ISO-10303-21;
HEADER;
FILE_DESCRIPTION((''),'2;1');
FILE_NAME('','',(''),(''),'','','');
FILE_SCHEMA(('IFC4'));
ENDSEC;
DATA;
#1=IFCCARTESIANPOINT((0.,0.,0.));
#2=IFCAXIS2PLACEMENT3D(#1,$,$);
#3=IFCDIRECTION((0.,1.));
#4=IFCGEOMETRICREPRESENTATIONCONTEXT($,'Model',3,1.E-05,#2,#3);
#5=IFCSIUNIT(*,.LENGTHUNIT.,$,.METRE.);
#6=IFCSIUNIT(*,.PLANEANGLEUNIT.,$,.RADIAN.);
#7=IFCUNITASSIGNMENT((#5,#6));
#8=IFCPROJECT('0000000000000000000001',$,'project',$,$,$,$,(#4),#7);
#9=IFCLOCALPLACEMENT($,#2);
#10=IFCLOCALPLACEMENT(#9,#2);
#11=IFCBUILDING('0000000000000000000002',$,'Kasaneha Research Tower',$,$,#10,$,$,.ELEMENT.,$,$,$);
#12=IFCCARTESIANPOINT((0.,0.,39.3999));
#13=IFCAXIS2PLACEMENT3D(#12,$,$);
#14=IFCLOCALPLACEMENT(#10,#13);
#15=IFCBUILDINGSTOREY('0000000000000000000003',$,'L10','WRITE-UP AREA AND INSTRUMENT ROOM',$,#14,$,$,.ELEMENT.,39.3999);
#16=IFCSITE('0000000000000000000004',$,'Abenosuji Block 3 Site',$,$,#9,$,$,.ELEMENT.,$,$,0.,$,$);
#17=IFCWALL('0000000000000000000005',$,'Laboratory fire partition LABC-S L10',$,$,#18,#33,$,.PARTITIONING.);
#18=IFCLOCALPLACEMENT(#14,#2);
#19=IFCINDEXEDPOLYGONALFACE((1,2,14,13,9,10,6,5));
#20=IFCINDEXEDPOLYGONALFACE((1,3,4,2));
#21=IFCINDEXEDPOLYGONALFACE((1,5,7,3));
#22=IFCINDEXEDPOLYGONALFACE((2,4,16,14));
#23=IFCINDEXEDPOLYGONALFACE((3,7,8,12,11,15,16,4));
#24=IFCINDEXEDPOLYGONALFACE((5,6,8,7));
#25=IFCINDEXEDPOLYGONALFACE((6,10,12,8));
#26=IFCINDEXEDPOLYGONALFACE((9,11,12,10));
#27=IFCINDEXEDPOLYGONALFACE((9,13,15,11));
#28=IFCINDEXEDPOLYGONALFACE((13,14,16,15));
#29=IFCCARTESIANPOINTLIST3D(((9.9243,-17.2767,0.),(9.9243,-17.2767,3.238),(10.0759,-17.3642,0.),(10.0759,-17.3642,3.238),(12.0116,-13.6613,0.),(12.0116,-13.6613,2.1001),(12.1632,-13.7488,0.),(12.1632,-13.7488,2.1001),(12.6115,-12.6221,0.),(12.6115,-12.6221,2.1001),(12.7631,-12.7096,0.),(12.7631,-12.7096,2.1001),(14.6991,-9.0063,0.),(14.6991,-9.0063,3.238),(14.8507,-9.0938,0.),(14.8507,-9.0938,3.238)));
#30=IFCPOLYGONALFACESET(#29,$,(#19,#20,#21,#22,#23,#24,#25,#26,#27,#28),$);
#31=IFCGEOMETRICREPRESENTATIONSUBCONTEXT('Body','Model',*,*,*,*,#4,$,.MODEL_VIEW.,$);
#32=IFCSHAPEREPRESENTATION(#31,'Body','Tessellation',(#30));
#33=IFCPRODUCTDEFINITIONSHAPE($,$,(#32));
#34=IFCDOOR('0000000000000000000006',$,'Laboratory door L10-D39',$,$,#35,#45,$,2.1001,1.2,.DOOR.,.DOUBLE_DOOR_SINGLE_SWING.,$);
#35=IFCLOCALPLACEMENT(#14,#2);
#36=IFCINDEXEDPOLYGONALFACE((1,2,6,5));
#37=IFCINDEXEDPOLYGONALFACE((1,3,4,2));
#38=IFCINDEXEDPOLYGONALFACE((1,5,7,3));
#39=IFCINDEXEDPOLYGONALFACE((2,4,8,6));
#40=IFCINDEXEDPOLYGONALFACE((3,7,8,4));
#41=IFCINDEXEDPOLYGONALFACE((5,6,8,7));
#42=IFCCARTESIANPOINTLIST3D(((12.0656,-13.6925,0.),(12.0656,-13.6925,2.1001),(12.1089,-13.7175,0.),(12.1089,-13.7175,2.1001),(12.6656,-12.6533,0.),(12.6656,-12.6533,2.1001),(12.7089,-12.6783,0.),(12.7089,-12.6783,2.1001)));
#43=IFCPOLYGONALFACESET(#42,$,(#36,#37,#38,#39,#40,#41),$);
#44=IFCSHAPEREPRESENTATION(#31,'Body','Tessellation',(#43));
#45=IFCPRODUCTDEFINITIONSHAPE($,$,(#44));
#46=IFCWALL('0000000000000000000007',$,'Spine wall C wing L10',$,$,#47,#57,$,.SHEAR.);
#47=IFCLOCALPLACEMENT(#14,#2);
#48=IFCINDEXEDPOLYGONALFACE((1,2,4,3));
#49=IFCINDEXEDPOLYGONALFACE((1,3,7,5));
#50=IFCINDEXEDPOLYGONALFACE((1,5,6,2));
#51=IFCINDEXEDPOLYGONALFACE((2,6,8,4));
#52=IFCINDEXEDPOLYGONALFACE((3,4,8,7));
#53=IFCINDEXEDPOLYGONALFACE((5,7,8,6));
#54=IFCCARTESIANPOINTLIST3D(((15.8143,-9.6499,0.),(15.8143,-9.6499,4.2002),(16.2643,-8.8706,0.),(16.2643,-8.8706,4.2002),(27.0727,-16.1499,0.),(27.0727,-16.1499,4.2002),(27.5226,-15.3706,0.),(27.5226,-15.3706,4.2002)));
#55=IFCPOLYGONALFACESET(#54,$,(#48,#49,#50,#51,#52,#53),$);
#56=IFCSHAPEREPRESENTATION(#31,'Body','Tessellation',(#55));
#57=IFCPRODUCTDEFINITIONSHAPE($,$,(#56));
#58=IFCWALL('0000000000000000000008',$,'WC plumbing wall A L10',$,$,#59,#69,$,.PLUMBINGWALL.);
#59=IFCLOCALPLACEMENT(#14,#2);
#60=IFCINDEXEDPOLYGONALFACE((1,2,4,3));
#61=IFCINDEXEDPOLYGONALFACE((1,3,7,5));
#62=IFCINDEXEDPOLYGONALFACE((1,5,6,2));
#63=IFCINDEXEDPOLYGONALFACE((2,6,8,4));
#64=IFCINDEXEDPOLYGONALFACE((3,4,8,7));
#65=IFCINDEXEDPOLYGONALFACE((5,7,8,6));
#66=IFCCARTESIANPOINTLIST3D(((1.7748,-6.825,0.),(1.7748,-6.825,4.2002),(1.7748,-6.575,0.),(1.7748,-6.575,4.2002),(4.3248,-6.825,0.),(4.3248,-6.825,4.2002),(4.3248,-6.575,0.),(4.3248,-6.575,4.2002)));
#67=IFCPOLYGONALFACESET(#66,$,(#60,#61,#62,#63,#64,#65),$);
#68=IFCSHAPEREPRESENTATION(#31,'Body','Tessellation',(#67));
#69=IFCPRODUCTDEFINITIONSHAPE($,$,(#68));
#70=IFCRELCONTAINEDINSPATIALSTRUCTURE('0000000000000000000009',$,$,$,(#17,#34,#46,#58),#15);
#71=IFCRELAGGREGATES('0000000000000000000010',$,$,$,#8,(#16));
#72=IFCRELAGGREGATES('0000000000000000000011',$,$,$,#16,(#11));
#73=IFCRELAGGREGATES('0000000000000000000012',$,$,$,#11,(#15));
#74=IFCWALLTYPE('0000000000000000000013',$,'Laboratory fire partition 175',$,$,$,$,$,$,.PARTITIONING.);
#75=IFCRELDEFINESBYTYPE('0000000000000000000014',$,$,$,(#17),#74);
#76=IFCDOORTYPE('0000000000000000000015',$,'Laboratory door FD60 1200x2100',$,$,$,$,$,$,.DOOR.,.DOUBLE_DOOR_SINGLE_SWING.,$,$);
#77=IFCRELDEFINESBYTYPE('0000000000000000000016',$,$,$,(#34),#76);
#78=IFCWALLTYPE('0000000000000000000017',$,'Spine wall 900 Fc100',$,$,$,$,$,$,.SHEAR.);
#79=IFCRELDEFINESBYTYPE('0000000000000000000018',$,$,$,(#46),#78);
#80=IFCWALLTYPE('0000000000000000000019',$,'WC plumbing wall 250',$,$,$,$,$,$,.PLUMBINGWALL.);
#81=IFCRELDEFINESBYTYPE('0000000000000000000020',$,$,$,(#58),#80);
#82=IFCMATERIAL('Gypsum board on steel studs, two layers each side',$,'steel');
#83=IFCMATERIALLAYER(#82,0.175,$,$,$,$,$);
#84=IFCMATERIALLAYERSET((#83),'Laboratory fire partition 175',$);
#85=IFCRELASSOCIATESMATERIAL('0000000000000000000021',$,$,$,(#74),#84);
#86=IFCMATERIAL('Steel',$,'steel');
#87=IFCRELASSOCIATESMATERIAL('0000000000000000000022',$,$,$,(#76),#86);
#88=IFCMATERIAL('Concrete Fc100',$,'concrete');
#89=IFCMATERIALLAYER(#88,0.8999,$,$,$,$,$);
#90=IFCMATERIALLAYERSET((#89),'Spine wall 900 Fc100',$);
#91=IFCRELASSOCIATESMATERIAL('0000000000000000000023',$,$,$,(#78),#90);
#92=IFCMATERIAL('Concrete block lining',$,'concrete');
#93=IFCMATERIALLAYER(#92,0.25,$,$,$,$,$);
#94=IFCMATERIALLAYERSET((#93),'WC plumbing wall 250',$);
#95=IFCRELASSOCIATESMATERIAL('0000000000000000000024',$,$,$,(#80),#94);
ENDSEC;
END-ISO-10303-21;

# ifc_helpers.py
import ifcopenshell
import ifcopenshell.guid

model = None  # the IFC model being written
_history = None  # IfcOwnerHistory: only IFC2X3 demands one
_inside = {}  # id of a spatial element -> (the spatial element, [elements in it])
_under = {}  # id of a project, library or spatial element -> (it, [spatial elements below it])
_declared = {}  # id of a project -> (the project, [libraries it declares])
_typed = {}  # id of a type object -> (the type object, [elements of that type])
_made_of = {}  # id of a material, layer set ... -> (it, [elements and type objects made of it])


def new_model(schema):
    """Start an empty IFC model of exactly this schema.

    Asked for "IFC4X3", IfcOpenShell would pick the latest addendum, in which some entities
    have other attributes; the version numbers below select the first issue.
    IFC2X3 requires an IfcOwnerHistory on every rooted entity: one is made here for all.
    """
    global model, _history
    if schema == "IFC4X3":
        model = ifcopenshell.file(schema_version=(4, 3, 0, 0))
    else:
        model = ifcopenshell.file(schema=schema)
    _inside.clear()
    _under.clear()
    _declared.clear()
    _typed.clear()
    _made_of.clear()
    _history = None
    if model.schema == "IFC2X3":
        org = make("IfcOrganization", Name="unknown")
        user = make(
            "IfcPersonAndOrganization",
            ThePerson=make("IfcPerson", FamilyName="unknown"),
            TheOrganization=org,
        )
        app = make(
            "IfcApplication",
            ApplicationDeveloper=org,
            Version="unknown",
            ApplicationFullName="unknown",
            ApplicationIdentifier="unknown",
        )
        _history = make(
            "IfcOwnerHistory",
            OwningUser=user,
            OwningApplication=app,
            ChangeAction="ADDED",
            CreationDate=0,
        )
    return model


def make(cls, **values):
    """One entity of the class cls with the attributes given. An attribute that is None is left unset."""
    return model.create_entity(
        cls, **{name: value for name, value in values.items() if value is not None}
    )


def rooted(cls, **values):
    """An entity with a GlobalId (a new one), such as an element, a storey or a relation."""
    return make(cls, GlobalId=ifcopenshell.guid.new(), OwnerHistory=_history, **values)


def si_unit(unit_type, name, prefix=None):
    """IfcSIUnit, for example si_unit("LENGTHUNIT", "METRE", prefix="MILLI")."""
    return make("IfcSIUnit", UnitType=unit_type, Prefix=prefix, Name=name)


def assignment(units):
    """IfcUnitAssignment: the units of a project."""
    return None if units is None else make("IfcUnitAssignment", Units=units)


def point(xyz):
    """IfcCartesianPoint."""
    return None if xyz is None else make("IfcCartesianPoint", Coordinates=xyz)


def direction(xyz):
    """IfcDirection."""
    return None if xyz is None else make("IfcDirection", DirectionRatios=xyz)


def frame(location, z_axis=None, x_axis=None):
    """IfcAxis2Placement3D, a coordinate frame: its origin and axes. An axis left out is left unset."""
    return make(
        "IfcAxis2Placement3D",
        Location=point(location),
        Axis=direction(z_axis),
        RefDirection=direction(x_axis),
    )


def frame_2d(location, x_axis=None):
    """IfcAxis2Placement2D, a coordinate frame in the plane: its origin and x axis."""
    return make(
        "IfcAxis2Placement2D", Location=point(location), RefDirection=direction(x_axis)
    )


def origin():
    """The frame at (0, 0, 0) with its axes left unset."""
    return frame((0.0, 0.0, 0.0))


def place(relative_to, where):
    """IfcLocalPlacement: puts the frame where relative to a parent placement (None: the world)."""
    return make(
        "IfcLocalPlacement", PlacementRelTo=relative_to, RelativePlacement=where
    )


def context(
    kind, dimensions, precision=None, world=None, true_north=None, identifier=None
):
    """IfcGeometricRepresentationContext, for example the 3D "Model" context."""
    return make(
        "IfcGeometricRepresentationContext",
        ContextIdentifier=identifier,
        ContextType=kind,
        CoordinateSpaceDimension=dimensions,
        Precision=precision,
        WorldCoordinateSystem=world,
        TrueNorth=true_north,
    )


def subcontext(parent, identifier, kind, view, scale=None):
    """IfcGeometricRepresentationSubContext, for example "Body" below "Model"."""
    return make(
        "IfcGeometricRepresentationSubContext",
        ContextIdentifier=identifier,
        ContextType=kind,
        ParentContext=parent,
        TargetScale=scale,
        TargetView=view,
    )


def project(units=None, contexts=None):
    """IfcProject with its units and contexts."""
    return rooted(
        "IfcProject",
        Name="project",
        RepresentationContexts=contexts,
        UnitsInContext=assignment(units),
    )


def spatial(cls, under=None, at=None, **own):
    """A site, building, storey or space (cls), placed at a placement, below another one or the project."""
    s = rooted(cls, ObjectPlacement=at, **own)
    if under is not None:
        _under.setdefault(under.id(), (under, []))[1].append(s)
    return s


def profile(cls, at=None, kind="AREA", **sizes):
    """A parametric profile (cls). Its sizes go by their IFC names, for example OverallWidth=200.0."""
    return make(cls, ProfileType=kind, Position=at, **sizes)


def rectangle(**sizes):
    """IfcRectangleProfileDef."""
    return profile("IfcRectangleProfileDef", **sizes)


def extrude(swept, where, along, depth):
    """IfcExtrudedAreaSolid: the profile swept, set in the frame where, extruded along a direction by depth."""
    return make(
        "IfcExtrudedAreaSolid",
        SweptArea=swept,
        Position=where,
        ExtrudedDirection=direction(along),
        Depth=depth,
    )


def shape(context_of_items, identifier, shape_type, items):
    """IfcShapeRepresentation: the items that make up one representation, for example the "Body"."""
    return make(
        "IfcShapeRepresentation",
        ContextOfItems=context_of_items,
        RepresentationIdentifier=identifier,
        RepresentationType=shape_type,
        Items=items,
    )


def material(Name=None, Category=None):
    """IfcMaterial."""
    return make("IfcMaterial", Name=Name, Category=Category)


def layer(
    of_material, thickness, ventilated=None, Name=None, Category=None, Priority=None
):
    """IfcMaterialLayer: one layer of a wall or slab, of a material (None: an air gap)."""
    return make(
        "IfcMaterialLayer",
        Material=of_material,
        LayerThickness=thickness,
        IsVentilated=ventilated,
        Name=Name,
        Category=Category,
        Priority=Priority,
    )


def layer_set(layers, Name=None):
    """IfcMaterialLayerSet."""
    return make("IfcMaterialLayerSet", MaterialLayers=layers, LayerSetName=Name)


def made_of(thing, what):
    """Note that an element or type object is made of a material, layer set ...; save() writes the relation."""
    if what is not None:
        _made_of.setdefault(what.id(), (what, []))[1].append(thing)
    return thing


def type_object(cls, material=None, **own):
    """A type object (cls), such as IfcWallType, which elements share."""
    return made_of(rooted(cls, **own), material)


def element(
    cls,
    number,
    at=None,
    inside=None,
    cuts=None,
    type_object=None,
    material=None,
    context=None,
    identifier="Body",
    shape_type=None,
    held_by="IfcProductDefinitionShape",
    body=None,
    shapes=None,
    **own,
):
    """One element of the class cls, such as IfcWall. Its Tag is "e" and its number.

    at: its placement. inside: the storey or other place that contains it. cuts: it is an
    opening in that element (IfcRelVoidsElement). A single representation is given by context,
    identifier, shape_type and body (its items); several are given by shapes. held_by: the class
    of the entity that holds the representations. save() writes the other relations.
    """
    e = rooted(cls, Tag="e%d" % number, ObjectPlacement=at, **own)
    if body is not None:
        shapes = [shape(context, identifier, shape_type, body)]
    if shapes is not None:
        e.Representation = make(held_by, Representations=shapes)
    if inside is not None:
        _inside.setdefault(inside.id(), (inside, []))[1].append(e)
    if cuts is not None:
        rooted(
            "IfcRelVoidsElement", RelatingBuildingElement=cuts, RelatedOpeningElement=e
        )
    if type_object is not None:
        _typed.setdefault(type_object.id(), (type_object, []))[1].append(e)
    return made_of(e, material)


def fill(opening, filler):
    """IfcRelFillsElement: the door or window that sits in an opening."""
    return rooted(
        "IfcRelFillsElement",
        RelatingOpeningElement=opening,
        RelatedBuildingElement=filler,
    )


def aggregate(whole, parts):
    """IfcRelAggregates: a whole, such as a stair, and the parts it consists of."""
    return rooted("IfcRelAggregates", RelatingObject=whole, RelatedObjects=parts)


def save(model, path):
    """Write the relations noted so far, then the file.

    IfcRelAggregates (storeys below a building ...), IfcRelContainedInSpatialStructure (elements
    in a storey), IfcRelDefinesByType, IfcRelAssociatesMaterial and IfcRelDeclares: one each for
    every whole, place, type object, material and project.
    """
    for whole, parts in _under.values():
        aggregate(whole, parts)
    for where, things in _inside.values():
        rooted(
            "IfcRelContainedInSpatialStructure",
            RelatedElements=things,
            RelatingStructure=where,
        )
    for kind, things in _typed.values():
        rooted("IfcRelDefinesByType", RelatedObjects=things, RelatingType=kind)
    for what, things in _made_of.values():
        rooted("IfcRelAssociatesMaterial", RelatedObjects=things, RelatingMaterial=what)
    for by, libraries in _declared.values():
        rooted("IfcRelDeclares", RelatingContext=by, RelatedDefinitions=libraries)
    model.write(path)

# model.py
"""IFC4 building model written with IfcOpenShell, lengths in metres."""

from ifc_helpers import new_model, si_unit, direction, frame, frame_2d, origin, place, context, subcontext, project, spatial, rectangle, extrude, material, layer, layer_set, type_object, element, fill, save


model = new_model("IFC4")

# Units and contexts
model_context = context("Model", 3, precision=1e-05, world=origin(), true_north=direction((0.0, 1.0)))
body_context = subcontext(model_context, "Body", "Model", "MODEL_VIEW")
ifc_project = project(units=[si_unit("LENGTHUNIT", "METRE"), si_unit("PLANEANGLEUNIT", "RADIAN")], contexts=[model_context])

# Site, building, storey
site_placement = place(None, origin())
site = spatial("IfcSite", under=ifc_project, at=site_placement, Name="Abenosuji Block 3 Site", CompositionType="ELEMENT", RefElevation=0.0)
building_placement = place(site_placement, origin())
building = spatial("IfcBuilding", under=site, at=building_placement, Name="Kasaneha Research Tower", CompositionType="ELEMENT")
storey_placement = place(building_placement, frame((0.0, 0.0, 39.3999)))
storey = spatial("IfcBuildingStorey", under=building, at=storey_placement, Name="L10", Description="WRITE-UP AREA AND INSTRUMENT ROOM", CompositionType="ELEMENT", Elevation=39.3999)

# Wall, opening, door
ifc_material_1 = material(Name="Gypsum board on steel studs, two layers each side", Category="steel")
ifc_layer_1 = layer(ifc_material_1, 0.175)
ifc_layer_set_1 = layer_set([ifc_layer_1], Name="Laboratory fire partition 175")
wall_type_1 = type_object("IfcWallType", Name="Laboratory fire partition 175", PredefinedType="PARTITIONING", material=ifc_layer_set_1)
ifc_material_2 = material(Name="Steel", Category="steel")
door_type_1 = type_object("IfcDoorType", Name="Laboratory door FD60 1200x2100", OperationType="DOUBLE_DOOR_SINGLE_SWING", PredefinedType="DOOR", material=ifc_material_2)
wall_1_placement = place(storey_placement, frame((14.7749, -9.05, 0.0), z_axis=(0.0, 0.0, 1.0), x_axis=(-0.499994, -0.866029, 0.0)))
wall_1 = element("IfcWall", 1, at=wall_1_placement, inside=storey, type_object=wall_type_1, Name="Laboratory fire partition LABC-S L10", PredefinedType="PARTITIONING", context=body_context, shape_type="SweptSolid", body=[
    extrude(rectangle(XDim=9.5498, YDim=0.175, at=frame_2d((4.7749, 0.0))), origin(), (0.0, 0.0, 1.0), 3.238),
])
opening_1_placement = place(wall_1_placement, frame((4.175, 0.0, 0.0)))
opening_1 = element("IfcOpeningElement", 2, at=opening_1_placement, cuts=wall_1, PredefinedType="OPENING", context=body_context, shape_type="SweptSolid", body=[
    extrude(rectangle(XDim=1.2, YDim=2.1001, at=frame_2d((0.6001, 1.05))), frame((0.0, 0.0977, 0.0), z_axis=(0.0, -1.0, 0.0), x_axis=(1.0, 0.0, 0.0)), (0.0, 0.0, 1.0), 0.1951),
])
door_1_placement = place(opening_1_placement, origin())
door_1 = element("IfcDoor", 3, at=door_1_placement, inside=storey, type_object=door_type_1, Name="Laboratory door L10-D39", OperationType="DOUBLE_DOOR_SINGLE_SWING", OverallHeight=2.1001, OverallWidth=1.2, PredefinedType="DOOR", context=body_context, shape_type="SweptSolid", body=[
    extrude(rectangle(XDim=1.2, YDim=2.1001, at=frame_2d((0.6001, 1.05))), frame((0.0, 0.0249, 0.0), z_axis=(0.0, -1.0, 0.0), x_axis=(1.0, 0.0, 0.0)), (0.0, 0.0, 1.0), 0.05),
])
fill(opening_1, door_1)

# Walls
ifc_material_3 = material(Name="Concrete Fc100", Category="concrete")
ifc_layer_2 = layer(ifc_material_3, 0.8999)
ifc_layer_set_2 = layer_set([ifc_layer_2], Name="Spine wall 900 Fc100")
wall_type_2 = type_object("IfcWallType", Name="Spine wall 900 Fc100", PredefinedType="SHEAR", material=ifc_layer_set_2)
wall_2_placement = place(storey_placement, frame((16.0393, -9.2603, 0.0), z_axis=(0.0, 0.0, 1.0), x_axis=(0.866025, -0.500001, 0.0)))
element("IfcWall", 4, at=wall_2_placement, inside=storey, type_object=wall_type_2, Name="Spine wall C wing L10", PredefinedType="SHEAR", context=body_context, shape_type="SweptSolid", body=[
    extrude(rectangle(XDim=13.0, YDim=0.8999, at=frame_2d((6.5, 0.0))), origin(), (0.0, 0.0, 1.0), 4.2002),
])
ifc_material_4 = material(Name="Concrete block lining", Category="concrete")
ifc_layer_3 = layer(ifc_material_4, 0.25)
ifc_layer_set_3 = layer_set([ifc_layer_3], Name="WC plumbing wall 250")
wall_type_3 = type_object("IfcWallType", Name="WC plumbing wall 250", PredefinedType="PLUMBINGWALL", material=ifc_layer_set_3)
wall_3_placement = place(storey_placement, frame((1.7749, -6.7, 0.0), z_axis=(0.0, 0.0, 1.0), x_axis=(1.0, 0.0, 0.0)))
element("IfcWall", 5, at=wall_3_placement, inside=storey, type_object=wall_type_3, Name="WC plumbing wall A L10", PredefinedType="PLUMBINGWALL", context=body_context, shape_type="SweptSolid", body=[
    extrude(rectangle(XDim=2.55, YDim=0.25, at=frame_2d((1.2749, 0.0))), origin(), (0.0, 0.0, 1.0), 4.2002),
])

save(model, "model.ifc")
